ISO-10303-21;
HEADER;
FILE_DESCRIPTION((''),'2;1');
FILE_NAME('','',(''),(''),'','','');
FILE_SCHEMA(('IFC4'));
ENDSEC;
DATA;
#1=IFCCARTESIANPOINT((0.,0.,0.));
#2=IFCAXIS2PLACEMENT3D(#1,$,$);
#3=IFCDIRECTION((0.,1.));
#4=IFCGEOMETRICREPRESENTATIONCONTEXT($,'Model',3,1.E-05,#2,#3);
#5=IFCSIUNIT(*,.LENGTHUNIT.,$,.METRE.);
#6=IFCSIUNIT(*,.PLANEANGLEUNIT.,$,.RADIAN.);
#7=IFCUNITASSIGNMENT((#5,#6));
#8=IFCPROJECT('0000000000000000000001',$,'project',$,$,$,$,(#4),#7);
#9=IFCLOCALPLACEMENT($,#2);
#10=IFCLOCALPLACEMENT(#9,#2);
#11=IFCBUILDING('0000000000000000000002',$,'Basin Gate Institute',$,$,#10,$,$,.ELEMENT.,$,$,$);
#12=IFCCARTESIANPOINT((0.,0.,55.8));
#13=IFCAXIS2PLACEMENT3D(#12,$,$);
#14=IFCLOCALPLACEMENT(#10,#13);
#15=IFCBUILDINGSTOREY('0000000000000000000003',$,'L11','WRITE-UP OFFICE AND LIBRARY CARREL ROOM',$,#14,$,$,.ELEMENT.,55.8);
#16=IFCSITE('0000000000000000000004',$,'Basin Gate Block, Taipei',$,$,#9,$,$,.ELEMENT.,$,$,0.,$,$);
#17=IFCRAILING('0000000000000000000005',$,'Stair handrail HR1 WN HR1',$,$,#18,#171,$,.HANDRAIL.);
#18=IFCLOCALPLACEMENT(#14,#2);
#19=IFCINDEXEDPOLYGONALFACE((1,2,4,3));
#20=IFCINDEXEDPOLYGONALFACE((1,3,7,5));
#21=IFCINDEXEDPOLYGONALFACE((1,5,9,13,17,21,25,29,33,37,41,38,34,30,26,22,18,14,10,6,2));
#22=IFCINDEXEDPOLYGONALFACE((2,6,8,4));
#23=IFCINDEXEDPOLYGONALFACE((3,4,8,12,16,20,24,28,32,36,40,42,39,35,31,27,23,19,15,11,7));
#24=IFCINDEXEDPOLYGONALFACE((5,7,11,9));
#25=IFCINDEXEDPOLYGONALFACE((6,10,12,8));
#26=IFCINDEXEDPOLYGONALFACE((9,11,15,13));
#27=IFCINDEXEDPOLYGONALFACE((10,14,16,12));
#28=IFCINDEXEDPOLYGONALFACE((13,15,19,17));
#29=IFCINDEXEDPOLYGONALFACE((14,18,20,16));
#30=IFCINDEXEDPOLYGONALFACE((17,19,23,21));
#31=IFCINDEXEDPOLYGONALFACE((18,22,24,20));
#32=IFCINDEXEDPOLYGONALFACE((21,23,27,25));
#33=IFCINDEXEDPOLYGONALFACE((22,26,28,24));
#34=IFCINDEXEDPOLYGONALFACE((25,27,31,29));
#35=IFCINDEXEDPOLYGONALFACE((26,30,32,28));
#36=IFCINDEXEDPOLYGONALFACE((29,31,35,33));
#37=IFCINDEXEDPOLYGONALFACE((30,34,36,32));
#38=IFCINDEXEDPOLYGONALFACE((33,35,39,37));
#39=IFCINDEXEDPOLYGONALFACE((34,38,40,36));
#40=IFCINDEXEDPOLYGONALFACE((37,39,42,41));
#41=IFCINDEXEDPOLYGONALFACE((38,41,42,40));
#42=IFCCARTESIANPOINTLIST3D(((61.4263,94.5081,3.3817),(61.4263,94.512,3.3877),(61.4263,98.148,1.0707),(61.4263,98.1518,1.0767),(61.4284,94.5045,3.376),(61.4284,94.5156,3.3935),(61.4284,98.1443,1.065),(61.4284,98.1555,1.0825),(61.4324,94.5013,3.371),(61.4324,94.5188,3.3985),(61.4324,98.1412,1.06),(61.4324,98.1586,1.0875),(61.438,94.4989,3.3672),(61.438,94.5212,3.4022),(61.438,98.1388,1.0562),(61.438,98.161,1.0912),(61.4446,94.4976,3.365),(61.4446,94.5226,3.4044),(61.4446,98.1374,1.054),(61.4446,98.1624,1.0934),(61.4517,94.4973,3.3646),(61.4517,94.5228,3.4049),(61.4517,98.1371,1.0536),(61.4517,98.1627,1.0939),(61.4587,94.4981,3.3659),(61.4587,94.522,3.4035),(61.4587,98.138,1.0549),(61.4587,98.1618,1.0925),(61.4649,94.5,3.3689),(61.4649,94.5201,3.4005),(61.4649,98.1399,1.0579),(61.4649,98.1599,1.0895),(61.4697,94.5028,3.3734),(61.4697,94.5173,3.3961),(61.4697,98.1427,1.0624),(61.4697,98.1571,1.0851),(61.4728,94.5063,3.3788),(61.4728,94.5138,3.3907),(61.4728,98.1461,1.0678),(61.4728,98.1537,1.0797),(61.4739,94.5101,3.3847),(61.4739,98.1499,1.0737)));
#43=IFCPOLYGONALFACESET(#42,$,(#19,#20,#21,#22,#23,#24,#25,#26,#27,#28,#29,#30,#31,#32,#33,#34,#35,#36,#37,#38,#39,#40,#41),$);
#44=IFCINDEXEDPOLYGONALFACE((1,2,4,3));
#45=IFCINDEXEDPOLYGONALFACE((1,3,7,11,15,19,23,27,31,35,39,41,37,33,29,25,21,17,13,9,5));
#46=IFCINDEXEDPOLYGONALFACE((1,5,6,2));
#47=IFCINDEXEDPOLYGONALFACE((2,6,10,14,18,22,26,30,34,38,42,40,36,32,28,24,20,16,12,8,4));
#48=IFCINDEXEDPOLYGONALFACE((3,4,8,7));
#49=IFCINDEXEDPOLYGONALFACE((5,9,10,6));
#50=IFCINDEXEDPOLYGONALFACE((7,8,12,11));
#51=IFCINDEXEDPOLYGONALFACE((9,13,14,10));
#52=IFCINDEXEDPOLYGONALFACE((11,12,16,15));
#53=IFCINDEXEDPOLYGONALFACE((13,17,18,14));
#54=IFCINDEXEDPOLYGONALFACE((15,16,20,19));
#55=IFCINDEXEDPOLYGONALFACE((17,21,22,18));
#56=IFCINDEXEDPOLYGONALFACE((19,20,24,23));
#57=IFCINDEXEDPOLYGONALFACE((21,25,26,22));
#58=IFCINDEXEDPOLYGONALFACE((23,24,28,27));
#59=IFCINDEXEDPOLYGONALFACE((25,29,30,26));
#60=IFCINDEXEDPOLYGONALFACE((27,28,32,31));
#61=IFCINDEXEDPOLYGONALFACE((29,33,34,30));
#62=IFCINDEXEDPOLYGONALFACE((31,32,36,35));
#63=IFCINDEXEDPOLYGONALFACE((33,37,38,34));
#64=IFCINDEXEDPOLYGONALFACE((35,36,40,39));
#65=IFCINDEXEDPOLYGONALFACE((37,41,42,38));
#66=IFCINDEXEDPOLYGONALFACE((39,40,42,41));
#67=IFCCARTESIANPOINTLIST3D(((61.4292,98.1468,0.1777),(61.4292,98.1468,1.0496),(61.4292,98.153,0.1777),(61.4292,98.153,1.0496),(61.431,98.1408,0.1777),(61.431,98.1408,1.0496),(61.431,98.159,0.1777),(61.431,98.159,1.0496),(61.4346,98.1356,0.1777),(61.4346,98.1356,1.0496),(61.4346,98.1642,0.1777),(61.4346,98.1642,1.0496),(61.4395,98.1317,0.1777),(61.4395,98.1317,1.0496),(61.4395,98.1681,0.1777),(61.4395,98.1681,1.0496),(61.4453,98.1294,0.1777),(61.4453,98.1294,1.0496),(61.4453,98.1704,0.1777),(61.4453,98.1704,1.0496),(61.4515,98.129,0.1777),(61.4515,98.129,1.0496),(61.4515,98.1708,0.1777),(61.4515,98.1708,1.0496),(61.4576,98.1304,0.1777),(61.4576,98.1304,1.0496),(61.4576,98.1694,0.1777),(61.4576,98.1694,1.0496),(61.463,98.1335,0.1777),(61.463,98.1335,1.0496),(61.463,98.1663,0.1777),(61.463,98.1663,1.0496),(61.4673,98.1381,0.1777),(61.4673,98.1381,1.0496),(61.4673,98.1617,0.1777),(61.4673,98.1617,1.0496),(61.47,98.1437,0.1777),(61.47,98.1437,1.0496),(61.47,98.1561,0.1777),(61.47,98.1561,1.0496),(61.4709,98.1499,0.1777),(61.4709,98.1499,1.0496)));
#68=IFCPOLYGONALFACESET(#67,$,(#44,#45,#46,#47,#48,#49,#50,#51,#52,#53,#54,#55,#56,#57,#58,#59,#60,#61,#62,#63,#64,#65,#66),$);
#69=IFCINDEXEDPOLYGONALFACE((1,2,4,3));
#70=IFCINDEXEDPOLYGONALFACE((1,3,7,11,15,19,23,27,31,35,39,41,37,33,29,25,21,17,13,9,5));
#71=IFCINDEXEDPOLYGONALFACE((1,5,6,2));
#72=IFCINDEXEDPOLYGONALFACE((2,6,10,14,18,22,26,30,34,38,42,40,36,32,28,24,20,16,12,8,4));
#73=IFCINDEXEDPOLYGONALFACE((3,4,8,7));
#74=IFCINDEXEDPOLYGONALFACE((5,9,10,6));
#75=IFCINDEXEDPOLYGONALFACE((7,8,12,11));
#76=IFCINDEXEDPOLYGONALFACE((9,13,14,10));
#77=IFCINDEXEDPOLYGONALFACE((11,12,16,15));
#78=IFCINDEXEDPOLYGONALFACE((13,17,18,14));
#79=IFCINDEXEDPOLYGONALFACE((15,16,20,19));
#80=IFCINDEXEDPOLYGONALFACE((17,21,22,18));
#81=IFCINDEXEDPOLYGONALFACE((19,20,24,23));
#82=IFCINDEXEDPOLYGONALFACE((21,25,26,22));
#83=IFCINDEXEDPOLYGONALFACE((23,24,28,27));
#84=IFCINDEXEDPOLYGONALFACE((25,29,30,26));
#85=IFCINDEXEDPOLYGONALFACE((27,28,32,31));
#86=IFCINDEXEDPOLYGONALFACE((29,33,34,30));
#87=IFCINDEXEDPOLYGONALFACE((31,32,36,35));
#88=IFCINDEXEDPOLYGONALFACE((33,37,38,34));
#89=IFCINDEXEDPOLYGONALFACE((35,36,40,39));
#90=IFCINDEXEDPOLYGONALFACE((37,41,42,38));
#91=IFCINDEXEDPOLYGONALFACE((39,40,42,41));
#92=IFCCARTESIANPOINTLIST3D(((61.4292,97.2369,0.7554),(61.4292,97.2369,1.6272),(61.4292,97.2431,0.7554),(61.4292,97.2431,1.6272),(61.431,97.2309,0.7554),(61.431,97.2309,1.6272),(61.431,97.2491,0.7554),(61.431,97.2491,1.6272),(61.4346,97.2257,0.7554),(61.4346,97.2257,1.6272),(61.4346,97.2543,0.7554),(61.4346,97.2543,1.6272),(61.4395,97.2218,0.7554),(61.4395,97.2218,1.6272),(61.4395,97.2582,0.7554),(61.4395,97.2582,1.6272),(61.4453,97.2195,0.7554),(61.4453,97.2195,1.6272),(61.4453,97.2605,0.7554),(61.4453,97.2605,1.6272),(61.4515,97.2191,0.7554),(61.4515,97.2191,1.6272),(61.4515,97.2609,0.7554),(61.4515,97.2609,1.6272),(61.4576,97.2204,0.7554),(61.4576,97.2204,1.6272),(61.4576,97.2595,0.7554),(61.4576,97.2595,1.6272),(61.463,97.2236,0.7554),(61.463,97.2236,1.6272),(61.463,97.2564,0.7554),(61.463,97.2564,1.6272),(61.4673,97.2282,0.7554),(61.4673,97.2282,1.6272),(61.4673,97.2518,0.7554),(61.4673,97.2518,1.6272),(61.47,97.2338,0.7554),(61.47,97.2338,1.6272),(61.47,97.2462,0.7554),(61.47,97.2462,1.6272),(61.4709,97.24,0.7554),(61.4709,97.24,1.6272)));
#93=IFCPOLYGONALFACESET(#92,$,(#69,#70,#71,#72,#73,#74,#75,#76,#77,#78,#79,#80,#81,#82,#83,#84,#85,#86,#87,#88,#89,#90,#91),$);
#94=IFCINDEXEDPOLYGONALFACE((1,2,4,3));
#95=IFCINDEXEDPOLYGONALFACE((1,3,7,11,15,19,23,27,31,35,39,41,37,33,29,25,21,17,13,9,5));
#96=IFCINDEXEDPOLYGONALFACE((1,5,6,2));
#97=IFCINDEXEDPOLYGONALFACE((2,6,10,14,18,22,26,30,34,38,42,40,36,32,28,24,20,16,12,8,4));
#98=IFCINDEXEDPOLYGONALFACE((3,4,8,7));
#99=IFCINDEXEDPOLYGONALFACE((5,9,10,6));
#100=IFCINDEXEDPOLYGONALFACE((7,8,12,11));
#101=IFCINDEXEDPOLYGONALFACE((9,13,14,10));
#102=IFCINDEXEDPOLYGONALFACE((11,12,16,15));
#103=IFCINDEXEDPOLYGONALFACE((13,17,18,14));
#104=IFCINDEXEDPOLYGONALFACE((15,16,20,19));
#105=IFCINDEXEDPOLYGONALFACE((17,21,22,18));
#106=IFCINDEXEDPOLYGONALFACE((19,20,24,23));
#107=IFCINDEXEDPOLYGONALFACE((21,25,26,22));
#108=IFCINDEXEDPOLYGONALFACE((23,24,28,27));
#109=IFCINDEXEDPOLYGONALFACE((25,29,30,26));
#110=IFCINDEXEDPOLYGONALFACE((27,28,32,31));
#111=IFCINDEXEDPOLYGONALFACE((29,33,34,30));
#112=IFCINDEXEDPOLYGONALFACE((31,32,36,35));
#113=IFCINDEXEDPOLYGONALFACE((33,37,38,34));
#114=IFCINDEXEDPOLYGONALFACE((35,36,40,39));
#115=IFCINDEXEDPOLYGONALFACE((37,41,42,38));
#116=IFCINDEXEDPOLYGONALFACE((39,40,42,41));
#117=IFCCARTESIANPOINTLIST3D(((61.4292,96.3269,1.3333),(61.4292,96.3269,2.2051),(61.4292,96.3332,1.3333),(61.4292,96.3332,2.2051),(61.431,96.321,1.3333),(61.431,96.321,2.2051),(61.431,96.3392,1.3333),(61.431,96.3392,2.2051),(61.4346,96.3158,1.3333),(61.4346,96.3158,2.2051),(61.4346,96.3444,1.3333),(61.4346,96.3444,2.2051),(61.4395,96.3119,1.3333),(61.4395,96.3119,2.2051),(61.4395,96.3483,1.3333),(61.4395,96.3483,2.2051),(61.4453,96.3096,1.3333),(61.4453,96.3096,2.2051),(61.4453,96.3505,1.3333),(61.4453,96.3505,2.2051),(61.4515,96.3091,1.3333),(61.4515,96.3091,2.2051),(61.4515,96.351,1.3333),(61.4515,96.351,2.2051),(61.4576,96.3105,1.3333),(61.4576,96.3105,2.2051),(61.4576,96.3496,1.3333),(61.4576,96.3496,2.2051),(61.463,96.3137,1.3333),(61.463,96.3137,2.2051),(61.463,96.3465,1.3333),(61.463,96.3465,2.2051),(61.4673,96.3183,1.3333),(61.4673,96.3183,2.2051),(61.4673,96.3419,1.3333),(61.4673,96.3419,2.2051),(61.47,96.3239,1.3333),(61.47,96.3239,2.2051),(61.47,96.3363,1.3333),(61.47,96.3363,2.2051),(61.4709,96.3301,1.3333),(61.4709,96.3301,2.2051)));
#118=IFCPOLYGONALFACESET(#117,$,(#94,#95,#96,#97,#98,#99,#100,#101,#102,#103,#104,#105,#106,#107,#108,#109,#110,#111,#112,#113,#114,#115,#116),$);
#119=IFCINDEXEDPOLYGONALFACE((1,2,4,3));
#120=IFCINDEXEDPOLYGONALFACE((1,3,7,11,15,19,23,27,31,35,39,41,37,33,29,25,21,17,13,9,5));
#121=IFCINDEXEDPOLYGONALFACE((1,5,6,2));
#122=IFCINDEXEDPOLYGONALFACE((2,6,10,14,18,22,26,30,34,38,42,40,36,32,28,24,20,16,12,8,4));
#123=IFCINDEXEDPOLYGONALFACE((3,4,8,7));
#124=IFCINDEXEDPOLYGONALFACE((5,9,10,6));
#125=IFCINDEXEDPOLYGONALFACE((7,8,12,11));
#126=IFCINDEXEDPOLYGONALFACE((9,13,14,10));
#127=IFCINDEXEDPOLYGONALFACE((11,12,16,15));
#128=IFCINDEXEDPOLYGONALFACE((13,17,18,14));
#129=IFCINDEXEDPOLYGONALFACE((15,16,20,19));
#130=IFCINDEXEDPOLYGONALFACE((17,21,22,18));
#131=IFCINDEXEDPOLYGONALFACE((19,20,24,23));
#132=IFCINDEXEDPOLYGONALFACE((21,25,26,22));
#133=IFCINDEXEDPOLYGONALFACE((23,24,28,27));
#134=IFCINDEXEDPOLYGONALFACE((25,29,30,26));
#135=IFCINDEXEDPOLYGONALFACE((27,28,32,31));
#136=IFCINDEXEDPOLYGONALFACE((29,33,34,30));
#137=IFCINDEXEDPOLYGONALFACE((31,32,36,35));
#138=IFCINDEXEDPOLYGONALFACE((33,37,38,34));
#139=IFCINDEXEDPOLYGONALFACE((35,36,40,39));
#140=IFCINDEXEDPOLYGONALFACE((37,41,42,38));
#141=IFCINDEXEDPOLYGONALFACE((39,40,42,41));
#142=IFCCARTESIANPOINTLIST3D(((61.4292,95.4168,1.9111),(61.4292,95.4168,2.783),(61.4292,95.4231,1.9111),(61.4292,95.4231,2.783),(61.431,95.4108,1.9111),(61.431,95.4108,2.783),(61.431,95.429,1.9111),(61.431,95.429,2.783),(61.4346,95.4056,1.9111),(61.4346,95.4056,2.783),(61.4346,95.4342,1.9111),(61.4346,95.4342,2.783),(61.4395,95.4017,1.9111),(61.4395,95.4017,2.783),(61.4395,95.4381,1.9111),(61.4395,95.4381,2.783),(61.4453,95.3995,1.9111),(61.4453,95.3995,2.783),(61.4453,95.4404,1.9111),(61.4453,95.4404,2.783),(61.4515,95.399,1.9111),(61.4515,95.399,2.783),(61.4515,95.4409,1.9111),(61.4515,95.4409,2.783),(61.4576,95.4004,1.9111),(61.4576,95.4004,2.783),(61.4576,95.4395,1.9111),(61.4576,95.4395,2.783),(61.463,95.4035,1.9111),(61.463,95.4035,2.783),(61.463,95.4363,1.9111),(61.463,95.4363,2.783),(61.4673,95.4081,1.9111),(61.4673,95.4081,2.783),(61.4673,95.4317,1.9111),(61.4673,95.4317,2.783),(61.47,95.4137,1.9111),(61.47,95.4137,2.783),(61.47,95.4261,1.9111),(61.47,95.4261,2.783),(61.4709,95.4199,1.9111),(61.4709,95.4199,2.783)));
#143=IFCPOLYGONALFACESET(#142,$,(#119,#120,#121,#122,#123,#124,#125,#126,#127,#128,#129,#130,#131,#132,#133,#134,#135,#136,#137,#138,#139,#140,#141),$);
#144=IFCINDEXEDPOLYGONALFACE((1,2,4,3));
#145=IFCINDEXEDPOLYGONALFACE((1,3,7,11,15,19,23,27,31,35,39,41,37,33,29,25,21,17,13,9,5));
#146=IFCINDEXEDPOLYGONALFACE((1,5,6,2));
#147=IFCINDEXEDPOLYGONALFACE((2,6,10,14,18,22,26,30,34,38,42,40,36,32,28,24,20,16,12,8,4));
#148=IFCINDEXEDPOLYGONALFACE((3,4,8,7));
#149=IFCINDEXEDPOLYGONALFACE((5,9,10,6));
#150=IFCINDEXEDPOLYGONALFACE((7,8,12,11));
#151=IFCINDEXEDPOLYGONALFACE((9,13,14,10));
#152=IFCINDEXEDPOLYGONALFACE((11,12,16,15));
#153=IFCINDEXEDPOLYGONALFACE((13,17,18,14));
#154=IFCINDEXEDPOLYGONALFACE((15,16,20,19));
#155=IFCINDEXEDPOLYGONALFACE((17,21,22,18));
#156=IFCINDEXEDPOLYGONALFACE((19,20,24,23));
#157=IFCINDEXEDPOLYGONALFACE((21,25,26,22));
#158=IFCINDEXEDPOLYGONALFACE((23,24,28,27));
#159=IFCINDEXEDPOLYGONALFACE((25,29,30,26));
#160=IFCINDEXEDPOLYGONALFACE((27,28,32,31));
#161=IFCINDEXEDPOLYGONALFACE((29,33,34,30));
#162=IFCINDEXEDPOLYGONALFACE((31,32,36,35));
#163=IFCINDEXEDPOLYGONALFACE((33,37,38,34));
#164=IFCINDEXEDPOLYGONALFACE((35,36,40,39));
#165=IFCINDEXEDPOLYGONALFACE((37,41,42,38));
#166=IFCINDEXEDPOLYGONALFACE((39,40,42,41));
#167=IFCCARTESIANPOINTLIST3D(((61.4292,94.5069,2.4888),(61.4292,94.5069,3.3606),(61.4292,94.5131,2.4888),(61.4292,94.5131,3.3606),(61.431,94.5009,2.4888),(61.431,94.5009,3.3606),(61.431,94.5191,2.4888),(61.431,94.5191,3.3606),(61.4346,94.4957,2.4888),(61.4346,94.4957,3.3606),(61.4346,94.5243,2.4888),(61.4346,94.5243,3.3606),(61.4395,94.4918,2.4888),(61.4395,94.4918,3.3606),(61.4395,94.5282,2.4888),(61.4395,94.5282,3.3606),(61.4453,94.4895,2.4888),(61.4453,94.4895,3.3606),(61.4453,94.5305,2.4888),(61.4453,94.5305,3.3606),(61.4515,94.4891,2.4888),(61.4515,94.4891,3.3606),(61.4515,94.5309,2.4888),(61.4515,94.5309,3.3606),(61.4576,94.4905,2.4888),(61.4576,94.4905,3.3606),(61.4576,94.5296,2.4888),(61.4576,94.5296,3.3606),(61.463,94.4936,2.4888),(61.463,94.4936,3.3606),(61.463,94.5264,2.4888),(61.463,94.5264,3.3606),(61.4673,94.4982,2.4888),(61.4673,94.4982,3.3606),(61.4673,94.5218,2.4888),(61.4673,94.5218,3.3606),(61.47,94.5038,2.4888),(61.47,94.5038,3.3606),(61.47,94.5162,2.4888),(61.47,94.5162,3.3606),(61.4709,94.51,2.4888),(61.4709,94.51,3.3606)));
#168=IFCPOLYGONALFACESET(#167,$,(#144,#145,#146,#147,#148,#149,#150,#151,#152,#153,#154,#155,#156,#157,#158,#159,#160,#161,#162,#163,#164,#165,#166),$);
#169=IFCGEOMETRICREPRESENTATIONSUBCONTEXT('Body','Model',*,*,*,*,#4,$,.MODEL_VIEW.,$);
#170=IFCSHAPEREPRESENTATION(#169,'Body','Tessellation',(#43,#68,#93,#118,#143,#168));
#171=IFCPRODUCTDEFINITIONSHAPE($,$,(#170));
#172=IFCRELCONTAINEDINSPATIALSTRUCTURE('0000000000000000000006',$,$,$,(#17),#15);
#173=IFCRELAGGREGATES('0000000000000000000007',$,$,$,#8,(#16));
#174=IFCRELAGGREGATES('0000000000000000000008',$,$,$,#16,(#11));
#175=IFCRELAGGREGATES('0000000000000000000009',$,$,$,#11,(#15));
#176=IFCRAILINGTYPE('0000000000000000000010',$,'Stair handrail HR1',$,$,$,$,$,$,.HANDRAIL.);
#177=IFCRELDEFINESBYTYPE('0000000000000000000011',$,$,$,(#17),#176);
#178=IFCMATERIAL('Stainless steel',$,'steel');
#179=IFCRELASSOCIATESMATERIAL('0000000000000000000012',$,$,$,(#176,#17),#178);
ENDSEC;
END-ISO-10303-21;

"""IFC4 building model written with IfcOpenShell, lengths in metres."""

from ifc_helpers import new_model, si_unit, direction, frame, origin, origin_2d, place, context, subcontext, project, spatial, circle, extrude, material, type_object, element, save


model = new_model("IFC4")

# Units and contexts
model_context = context("Model", 3, precision=1e-05, world=origin(), true_north=direction((0.0, 1.0)))
body_context = subcontext(model_context, "Body", "Model", "MODEL_VIEW")
ifc_project = project(units=[si_unit("LENGTHUNIT", "METRE"), si_unit("PLANEANGLEUNIT", "RADIAN")], contexts=[model_context])

# Site, building, storey
site_placement = place(None, origin())
site = spatial("IfcSite", under=ifc_project, at=site_placement, Name="Basin Gate Block, Taipei", CompositionType="ELEMENT", RefElevation=0.0)
building_placement = place(site_placement, origin())
building = spatial("IfcBuilding", under=site, at=building_placement, Name="Basin Gate Institute", CompositionType="ELEMENT")
storey_placement = place(building_placement, frame((0.0, 0.0, 55.8)))
storey = spatial("IfcBuildingStorey", under=building, at=storey_placement, Name="L11", Description="WRITE-UP OFFICE AND LIBRARY CARREL ROOM", CompositionType="ELEMENT", Elevation=55.8)

# Railing
ifc_material_1 = material(Name="Stainless steel", Category="steel")
railing_type_1 = type_object("IfcRailingType", Name="Stair handrail HR1", PredefinedType="HANDRAIL", material=ifc_material_1)
for number, where, name in (
    (1, (61.45, 98.1499, 0.1777), "Stair handrail HR1 WN HR1"),
):
    element("IfcRailing", number, at=place(storey_placement, frame(where)), inside=storey, type_object=railing_type_1, material=ifc_material_1, Name=name, PredefinedType="HANDRAIL", context=body_context, shape_type="SweptSolid", body=[
        extrude(circle(Radius=0.0239, at=origin_2d()), frame((0.0, 0.0, 0.896), z_axis=(0.0, -0.844214, 0.536007), x_axis=(1.0, 0.0, 0.0)), (0.0, 0.0, 1.0), 4.3115),
        extrude(circle(Radius=0.021, at=origin_2d()), origin(), (0.0, 0.0, 1.0), 0.8718),
        extrude(circle(Radius=0.021, at=origin_2d()), frame((0.0, -0.9099, 0.5776)), (0.0, 0.0, 1.0), 0.8718),
        extrude(circle(Radius=0.021, at=origin_2d()), frame((0.0, -1.8198, 1.1555)), (0.0, 0.0, 1.0), 0.8718),
        extrude(circle(Radius=0.021, at=origin_2d()), frame((0.0, -2.73, 1.7334)), (0.0, 0.0, 1.0), 0.8718),
        extrude(circle(Radius=0.021, at=origin_2d()), frame((0.0, -3.6399, 2.311)), (0.0, 0.0, 1.0), 0.8718),
    ])

save(model, "model.ifc")
